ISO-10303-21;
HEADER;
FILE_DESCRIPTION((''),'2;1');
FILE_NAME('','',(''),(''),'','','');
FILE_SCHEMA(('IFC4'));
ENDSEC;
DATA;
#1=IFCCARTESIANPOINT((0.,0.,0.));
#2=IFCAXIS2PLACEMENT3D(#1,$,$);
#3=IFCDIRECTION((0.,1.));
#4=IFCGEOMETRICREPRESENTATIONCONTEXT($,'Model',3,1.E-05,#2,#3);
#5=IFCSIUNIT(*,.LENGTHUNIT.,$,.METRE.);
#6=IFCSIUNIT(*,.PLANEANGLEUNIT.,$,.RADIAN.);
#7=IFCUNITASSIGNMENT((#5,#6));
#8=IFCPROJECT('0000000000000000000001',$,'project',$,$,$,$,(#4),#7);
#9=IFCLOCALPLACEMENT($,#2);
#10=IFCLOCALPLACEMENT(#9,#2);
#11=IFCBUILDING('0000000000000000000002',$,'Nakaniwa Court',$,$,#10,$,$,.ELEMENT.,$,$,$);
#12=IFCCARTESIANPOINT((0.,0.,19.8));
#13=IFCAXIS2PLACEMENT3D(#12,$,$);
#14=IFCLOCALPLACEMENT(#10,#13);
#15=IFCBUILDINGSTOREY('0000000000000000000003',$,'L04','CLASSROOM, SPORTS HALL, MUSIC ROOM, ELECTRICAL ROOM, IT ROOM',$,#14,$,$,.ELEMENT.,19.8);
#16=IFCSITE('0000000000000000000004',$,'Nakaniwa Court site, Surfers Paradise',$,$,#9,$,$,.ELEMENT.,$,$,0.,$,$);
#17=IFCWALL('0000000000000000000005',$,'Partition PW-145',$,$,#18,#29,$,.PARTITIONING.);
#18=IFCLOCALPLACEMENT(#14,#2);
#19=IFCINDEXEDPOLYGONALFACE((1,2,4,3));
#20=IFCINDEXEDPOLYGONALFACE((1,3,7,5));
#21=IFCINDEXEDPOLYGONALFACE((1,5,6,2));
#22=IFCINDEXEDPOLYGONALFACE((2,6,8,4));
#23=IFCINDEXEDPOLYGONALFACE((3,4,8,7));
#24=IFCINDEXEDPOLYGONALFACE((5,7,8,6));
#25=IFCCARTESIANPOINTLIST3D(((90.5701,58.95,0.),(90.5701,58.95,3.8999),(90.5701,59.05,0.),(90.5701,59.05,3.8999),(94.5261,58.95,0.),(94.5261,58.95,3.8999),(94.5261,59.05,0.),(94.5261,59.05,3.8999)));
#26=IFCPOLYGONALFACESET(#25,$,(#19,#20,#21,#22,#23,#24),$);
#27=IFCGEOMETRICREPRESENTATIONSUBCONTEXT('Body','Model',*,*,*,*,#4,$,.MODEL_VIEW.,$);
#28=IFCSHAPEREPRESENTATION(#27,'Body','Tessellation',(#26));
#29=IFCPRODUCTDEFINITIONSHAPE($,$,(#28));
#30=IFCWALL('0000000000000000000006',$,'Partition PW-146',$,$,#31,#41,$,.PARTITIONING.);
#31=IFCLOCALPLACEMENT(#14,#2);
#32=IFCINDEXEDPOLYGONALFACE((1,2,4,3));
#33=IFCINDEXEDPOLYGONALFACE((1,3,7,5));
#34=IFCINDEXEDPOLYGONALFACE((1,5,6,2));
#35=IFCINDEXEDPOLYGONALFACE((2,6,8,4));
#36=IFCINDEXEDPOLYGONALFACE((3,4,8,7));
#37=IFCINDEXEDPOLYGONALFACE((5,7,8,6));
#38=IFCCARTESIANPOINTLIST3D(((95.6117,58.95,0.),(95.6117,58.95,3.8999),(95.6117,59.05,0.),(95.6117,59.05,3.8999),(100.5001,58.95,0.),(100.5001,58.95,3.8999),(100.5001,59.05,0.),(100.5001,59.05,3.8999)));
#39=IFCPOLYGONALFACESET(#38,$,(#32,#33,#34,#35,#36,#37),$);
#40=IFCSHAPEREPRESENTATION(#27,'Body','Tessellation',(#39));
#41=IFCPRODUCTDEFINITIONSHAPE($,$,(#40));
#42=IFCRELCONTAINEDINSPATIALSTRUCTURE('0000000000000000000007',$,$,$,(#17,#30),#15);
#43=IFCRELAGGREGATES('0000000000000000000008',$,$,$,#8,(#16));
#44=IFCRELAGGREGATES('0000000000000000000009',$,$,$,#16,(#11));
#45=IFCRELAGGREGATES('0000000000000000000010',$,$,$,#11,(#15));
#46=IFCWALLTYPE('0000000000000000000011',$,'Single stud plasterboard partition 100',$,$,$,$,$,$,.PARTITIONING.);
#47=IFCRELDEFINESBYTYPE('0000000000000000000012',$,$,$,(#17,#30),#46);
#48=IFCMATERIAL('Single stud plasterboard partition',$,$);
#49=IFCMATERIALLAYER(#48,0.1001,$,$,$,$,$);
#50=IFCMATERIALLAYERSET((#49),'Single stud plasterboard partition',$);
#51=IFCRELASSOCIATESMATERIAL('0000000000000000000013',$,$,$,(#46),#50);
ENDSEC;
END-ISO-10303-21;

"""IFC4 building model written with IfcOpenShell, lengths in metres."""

from ifc_helpers import new_model, si_unit, direction, frame, frame_2d, origin, place, context, subcontext, project, spatial, rectangle, extrude, material, layer, layer_set, type_object, element, save


model = new_model("IFC4")

# Units and contexts
model_context = context("Model", 3, precision=1e-05, world=origin(), true_north=direction((0.0, 1.0)))
body_context = subcontext(model_context, "Body", "Model", "MODEL_VIEW")
ifc_project = project(units=[si_unit("LENGTHUNIT", "METRE"), si_unit("PLANEANGLEUNIT", "RADIAN")], contexts=[model_context])

# Site, building, storey
site_placement = place(None, origin())
site = spatial("IfcSite", under=ifc_project, at=site_placement, Name="Nakaniwa Court site, Surfers Paradise", CompositionType="ELEMENT", RefElevation=0.0)
building_placement = place(site_placement, origin())
building = spatial("IfcBuilding", under=site, at=building_placement, Name="Nakaniwa Court", CompositionType="ELEMENT")
storey_placement = place(building_placement, frame((0.0, 0.0, 19.8)))
storey = spatial("IfcBuildingStorey", under=building, at=storey_placement, Name="L04", Description="CLASSROOM, SPORTS HALL, MUSIC ROOM, ELECTRICAL ROOM, IT ROOM", CompositionType="ELEMENT", Elevation=19.8)

# Walls
ifc_material_1 = material(Name="Single stud plasterboard partition")
ifc_layer_1 = layer(ifc_material_1, 0.1001)
ifc_layer_set_1 = layer_set([ifc_layer_1], Name="Single stud plasterboard partition")
wall_type_1 = type_object("IfcWallType", Name="Single stud plasterboard partition 100", PredefinedType="PARTITIONING", material=ifc_layer_set_1)
wall_1_placement = place(storey_placement, frame((90.5701, 59.0, 0.0), z_axis=(0.0, 0.0, 1.0), x_axis=(1.0, 0.0, 0.0)))
element("IfcWall", 1, at=wall_1_placement, inside=storey, type_object=wall_type_1, Name="Partition PW-145", PredefinedType="PARTITIONING", context=body_context, shape_type="SweptSolid", body=[
    extrude(rectangle(XDim=3.9561, YDim=0.1001, at=frame_2d((1.978, 0.0))), origin(), (0.0, 0.0, 1.0), 3.8999),
])
wall_2_placement = place(storey_placement, frame((95.6116, 59.0, 0.0), z_axis=(0.0, 0.0, 1.0), x_axis=(1.0, 0.0, 0.0)))
element("IfcWall", 2, at=wall_2_placement, inside=storey, type_object=wall_type_1, Name="Partition PW-146", PredefinedType="PARTITIONING", context=body_context, shape_type="SweptSolid", body=[
    extrude(rectangle(XDim=4.8884, YDim=0.1001, at=frame_2d((2.4443, 0.0))), origin(), (0.0, 0.0, 1.0), 3.8999),
])

save(model, "model.ifc")
